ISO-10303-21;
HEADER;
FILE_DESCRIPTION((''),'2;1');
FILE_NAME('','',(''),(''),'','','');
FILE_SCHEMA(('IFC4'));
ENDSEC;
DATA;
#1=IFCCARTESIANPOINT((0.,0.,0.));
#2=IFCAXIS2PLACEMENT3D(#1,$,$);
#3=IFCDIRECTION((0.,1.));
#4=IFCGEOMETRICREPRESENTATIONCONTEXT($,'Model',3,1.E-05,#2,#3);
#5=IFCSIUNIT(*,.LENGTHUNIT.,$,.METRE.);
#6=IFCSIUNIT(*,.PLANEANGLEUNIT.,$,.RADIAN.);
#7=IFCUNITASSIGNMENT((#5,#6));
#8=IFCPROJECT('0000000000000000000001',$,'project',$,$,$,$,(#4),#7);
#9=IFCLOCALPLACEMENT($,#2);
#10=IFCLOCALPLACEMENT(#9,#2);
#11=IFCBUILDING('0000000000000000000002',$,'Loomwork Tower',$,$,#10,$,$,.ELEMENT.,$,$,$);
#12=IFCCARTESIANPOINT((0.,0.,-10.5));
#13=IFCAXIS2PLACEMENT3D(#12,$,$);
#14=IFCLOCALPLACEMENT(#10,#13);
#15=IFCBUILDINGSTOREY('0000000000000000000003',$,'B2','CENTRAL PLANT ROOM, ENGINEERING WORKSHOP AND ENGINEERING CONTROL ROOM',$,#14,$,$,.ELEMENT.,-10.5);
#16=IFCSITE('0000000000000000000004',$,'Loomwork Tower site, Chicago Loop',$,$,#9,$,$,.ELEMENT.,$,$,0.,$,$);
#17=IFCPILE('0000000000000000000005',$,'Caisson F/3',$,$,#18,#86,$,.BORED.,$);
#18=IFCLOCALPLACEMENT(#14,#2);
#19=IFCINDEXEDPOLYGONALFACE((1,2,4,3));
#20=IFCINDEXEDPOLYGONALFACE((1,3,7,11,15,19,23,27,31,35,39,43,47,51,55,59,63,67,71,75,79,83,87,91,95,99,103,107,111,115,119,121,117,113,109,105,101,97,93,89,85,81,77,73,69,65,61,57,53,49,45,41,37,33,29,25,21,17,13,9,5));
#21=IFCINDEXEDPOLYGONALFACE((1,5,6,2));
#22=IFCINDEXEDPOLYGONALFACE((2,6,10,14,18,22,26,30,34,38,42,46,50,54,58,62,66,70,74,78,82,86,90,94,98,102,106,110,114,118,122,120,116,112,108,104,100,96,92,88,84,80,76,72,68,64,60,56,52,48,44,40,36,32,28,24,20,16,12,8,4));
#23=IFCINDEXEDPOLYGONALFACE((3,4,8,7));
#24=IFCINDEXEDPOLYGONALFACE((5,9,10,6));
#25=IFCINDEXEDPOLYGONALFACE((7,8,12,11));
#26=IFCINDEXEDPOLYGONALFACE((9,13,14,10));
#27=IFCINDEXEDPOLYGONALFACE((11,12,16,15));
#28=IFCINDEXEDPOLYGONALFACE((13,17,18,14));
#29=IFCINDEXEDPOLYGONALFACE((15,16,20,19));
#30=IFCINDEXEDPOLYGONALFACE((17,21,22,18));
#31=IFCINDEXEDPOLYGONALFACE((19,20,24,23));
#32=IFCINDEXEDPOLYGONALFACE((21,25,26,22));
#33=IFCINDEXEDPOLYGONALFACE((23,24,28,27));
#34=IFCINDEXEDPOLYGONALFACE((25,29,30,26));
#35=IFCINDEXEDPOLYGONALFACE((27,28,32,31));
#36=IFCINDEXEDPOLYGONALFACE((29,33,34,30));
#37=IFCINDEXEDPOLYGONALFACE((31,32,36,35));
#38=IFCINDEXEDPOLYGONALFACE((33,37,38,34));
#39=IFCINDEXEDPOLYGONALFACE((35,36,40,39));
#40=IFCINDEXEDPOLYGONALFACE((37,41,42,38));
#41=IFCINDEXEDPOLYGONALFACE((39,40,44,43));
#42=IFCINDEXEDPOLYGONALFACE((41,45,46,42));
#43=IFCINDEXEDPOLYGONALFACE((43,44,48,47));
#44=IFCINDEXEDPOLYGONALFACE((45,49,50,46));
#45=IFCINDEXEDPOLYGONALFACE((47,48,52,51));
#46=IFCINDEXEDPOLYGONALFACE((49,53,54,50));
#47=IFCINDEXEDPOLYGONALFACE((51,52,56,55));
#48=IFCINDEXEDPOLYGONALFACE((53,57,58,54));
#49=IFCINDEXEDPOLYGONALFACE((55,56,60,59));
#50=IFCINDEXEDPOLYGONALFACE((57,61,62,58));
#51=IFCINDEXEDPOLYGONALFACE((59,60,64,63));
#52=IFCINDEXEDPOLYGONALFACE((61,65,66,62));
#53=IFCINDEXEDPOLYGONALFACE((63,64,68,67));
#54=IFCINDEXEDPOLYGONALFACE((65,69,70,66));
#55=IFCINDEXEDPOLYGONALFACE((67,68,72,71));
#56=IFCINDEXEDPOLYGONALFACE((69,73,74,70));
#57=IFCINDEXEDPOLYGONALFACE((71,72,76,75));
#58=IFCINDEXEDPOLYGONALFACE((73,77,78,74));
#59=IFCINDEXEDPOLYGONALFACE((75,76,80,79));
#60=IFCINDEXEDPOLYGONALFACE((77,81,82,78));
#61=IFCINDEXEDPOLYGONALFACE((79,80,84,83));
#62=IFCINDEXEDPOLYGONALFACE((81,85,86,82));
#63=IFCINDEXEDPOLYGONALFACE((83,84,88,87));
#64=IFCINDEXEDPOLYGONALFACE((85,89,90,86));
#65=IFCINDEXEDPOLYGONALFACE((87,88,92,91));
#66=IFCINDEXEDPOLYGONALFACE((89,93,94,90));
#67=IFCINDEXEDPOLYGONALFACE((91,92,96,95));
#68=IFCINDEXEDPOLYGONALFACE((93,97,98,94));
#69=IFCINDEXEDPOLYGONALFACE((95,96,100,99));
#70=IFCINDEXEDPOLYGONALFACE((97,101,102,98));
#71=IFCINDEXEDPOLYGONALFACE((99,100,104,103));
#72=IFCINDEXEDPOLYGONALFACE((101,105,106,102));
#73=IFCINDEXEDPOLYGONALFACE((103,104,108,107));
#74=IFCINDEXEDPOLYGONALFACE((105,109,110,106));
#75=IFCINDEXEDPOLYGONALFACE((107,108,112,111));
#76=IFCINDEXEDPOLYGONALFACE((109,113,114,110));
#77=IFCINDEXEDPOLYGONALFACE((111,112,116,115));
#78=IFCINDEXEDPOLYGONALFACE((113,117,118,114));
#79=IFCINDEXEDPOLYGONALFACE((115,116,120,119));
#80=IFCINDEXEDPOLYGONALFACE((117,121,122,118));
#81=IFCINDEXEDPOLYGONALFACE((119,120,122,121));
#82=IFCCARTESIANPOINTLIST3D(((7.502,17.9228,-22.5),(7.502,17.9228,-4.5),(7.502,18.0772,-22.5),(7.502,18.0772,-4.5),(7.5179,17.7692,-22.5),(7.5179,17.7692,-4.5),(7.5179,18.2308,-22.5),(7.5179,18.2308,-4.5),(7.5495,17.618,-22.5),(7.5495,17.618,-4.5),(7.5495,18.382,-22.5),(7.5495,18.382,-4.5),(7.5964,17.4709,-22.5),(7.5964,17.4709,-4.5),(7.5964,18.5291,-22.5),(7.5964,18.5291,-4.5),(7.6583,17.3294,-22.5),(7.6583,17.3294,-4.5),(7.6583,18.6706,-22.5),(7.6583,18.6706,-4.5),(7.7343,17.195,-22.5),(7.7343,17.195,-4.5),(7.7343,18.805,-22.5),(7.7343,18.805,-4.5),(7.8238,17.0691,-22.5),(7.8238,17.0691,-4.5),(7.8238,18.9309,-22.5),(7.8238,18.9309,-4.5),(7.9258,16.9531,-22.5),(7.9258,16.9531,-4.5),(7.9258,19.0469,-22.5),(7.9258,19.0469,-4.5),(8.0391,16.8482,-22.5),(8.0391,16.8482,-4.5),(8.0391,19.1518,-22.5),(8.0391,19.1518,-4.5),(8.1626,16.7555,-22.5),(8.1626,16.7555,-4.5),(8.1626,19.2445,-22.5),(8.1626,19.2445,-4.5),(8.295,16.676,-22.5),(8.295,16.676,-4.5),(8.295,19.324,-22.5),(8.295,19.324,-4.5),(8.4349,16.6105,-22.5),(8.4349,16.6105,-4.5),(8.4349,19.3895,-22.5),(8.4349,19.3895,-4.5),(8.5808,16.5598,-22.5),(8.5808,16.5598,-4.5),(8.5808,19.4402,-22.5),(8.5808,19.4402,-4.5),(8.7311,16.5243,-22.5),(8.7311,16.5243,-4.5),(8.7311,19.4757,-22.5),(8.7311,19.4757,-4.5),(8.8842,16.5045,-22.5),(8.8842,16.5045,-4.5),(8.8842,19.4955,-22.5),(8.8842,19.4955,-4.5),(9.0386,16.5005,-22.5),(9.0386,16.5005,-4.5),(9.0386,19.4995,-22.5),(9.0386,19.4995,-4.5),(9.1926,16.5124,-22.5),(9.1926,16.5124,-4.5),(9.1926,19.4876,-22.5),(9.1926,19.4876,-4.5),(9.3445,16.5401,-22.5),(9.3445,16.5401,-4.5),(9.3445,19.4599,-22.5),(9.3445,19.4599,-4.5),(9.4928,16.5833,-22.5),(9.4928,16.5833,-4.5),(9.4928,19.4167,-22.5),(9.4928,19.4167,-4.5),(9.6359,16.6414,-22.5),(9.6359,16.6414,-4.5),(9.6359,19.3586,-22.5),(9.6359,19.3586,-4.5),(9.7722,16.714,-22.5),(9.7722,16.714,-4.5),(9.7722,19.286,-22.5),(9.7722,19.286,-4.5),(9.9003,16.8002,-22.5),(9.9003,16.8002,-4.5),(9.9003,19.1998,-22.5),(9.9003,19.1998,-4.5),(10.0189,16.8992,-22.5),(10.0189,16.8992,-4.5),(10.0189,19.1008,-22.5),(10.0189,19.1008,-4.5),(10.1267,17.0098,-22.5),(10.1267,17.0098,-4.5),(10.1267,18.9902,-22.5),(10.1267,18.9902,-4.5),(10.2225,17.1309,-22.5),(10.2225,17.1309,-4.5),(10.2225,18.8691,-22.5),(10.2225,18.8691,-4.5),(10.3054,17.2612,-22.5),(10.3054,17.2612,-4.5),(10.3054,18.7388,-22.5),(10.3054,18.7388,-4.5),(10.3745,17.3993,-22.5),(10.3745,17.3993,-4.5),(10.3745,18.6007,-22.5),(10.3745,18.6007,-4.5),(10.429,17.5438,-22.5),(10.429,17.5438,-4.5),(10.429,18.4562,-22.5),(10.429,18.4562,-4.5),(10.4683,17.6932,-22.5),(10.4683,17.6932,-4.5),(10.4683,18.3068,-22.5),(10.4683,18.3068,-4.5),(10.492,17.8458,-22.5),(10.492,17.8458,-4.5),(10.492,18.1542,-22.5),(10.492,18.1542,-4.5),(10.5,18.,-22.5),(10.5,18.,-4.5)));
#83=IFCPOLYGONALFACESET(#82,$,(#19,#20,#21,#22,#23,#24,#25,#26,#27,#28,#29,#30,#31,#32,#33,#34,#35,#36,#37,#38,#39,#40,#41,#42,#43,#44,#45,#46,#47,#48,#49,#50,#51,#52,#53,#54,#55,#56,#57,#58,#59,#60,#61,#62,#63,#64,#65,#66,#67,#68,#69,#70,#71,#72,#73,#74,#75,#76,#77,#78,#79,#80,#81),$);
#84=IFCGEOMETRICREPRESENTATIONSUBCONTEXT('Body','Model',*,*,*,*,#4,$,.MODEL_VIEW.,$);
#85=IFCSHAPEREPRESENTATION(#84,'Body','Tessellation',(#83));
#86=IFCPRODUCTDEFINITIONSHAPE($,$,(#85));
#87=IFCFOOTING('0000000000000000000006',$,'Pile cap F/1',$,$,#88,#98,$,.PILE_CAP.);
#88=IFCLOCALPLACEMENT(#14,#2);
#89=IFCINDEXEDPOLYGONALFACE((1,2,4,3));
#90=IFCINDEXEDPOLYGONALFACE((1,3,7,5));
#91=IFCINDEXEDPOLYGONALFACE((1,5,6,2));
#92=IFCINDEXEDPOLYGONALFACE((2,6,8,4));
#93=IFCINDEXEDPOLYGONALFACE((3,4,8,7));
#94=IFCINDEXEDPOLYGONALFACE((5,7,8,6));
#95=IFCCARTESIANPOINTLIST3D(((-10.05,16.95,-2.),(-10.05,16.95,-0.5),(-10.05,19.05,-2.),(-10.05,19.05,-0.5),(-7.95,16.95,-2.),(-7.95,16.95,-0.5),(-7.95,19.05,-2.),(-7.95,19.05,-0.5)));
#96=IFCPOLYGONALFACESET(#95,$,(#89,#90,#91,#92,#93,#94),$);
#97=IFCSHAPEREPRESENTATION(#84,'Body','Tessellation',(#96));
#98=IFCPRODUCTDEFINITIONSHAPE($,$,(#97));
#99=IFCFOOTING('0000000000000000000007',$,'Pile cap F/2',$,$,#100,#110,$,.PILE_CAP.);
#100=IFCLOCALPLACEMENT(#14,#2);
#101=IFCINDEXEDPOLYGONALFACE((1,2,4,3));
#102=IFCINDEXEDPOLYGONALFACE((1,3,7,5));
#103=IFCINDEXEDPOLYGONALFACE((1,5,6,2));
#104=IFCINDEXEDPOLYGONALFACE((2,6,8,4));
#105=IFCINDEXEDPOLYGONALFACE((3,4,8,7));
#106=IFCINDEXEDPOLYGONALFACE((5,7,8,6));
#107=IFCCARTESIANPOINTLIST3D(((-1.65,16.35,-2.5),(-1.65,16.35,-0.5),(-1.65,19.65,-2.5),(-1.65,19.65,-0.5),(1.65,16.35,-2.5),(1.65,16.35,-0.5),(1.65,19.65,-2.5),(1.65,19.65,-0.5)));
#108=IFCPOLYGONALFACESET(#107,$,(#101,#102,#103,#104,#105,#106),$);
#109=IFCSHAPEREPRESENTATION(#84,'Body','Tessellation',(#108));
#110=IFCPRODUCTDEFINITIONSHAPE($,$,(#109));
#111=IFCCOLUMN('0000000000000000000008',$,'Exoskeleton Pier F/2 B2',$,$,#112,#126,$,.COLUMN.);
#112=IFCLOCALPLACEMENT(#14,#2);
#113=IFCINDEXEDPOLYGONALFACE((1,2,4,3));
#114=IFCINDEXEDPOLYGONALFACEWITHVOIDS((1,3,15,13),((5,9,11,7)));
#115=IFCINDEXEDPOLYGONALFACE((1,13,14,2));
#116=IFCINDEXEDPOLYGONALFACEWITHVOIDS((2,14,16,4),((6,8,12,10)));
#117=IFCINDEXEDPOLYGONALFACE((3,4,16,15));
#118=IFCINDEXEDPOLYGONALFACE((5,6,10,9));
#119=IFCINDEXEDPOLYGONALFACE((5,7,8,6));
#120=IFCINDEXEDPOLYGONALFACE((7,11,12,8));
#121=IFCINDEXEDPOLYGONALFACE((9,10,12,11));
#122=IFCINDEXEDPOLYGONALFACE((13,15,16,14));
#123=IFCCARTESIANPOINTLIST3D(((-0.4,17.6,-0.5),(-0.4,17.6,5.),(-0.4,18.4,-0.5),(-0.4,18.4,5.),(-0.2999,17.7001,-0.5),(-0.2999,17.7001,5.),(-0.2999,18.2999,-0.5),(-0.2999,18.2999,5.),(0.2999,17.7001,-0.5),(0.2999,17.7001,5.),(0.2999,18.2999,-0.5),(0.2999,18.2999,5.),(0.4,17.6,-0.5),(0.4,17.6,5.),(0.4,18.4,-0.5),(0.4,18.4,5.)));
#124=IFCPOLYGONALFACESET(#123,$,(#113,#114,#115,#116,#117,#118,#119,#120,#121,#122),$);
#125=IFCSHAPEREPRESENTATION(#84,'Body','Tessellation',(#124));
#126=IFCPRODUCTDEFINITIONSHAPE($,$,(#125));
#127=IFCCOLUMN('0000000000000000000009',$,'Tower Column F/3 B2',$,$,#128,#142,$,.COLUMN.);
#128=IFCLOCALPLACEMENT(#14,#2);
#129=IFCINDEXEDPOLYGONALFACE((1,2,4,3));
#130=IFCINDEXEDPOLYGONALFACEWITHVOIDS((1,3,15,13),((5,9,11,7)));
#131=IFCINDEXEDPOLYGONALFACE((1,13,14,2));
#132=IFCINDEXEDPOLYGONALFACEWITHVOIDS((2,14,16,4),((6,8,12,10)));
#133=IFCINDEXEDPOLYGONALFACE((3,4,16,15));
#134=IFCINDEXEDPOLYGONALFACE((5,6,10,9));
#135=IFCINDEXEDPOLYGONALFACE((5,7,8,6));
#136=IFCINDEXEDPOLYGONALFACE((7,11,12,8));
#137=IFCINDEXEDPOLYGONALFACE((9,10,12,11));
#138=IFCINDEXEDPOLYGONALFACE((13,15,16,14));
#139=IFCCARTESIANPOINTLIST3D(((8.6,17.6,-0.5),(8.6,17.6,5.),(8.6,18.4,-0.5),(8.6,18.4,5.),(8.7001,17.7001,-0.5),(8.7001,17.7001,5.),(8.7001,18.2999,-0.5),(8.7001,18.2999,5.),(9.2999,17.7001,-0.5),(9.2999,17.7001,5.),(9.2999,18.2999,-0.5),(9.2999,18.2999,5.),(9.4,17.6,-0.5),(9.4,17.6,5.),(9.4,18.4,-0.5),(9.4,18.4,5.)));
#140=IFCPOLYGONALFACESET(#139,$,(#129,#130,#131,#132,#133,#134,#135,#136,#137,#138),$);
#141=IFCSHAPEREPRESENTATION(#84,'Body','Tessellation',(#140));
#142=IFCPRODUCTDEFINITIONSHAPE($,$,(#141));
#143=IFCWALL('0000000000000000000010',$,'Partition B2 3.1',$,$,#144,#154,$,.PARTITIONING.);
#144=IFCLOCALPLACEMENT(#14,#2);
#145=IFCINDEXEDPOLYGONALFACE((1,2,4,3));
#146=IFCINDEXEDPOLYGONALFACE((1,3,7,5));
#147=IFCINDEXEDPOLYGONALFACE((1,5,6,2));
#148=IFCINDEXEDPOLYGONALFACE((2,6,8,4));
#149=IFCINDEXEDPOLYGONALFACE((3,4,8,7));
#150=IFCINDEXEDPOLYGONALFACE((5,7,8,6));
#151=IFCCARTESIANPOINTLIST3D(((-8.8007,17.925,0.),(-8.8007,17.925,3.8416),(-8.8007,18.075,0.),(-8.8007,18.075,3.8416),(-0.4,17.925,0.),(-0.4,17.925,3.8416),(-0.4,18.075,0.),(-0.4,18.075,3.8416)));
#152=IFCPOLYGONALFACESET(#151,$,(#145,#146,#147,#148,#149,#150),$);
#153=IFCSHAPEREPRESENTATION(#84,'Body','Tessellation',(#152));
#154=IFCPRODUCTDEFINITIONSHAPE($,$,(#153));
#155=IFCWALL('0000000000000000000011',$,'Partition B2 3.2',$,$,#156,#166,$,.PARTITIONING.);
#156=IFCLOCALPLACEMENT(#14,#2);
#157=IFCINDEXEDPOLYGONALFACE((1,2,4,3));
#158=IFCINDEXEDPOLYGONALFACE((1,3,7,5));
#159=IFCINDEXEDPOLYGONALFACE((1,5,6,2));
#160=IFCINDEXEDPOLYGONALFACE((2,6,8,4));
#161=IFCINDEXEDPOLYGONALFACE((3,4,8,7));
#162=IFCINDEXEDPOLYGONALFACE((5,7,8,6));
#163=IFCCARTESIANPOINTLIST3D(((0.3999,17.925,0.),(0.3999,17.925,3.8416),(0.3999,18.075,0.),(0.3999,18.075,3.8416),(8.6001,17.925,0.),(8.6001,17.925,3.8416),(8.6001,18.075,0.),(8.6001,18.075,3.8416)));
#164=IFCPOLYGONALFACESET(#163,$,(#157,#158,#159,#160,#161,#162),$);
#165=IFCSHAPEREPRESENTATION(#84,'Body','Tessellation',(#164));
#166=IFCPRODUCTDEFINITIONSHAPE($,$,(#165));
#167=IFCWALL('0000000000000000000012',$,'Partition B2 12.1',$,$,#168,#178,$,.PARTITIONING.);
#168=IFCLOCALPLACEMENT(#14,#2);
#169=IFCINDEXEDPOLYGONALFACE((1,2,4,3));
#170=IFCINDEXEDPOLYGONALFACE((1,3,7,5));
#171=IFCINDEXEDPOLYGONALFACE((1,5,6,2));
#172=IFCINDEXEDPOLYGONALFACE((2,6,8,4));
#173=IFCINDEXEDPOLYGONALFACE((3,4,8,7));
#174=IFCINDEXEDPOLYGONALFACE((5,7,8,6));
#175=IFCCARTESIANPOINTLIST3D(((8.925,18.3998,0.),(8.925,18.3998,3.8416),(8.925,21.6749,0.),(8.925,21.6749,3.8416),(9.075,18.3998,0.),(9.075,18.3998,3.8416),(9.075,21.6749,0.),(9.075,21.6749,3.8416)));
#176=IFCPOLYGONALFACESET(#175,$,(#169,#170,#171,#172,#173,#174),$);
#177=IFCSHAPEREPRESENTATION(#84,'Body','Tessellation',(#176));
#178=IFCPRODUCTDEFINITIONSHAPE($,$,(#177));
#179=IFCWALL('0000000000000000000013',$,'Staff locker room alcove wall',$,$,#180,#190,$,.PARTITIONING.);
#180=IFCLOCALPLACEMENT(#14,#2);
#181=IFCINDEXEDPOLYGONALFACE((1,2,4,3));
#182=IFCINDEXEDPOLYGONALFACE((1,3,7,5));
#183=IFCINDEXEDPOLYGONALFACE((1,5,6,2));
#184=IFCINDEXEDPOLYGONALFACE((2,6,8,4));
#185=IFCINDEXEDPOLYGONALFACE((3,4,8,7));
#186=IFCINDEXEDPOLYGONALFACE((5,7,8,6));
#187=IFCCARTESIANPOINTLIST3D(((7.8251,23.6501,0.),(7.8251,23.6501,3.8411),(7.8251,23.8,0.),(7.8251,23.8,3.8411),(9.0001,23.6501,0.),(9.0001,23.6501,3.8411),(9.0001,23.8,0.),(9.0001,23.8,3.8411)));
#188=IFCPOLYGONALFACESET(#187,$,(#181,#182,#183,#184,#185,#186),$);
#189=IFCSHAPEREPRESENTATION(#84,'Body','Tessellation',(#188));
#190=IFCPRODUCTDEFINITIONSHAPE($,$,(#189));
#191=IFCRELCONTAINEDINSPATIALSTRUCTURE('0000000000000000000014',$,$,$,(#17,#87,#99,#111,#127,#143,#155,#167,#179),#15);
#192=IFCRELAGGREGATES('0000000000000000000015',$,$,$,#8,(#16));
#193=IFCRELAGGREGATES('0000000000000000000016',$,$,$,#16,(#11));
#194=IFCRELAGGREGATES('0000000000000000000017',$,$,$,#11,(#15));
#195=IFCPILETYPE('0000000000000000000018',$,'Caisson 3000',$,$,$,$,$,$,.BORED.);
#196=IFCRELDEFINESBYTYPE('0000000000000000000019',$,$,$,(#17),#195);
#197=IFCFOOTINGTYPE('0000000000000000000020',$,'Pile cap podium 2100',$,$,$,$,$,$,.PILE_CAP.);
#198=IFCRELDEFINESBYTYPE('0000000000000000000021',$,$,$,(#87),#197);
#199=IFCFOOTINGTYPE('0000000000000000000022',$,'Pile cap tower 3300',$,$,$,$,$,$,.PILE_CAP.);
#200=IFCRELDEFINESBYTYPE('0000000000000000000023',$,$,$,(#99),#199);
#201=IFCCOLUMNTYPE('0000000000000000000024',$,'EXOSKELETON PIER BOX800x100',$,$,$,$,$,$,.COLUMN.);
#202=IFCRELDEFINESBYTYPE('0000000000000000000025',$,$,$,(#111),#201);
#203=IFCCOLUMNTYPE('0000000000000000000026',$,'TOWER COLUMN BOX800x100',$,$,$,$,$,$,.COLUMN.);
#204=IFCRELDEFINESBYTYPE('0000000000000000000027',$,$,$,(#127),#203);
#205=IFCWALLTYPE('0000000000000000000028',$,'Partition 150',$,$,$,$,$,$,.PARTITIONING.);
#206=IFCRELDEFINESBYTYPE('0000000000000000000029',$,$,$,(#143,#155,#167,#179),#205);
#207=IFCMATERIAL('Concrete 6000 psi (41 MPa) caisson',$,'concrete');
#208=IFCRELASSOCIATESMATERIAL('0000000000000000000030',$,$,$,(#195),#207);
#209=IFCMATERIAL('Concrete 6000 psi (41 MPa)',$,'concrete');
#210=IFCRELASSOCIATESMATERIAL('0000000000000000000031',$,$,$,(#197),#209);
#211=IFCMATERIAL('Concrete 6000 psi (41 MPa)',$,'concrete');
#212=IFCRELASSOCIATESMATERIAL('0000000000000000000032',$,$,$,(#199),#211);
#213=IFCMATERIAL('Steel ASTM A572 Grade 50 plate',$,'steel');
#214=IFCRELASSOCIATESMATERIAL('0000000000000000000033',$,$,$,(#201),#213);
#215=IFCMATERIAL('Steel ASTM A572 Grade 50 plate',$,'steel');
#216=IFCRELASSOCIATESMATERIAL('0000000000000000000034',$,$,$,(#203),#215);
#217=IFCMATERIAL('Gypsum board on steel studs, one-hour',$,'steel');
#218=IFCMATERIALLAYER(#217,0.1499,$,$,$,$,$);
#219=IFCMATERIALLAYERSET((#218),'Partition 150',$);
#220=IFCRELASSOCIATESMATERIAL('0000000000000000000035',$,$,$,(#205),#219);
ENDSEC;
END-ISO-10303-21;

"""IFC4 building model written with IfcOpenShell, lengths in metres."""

from ifc_helpers import new_model, si_unit, direction, frame, frame_2d, origin, origin_2d, place, context, subcontext, project, spatial, rectangle, hollow_rectangle, circle, extrude, material, layer, layer_set, material_profile, profile_set, type_object, element, save


model = new_model("IFC4")

# Units and contexts
model_context = context("Model", 3, precision=1e-05, world=origin(), true_north=direction((0.0, 1.0)))
body_context = subcontext(model_context, "Body", "Model", "MODEL_VIEW")
ifc_project = project(units=[si_unit("LENGTHUNIT", "METRE"), si_unit("PLANEANGLEUNIT", "RADIAN")], contexts=[model_context])

# Site, building, storey
site_placement = place(None, origin())
site = spatial("IfcSite", under=ifc_project, at=site_placement, Name="Loomwork Tower site, Chicago Loop", CompositionType="ELEMENT", RefElevation=0.0)
building_placement = place(site_placement, origin())
building = spatial("IfcBuilding", under=site, at=building_placement, Name="Loomwork Tower", CompositionType="ELEMENT")
storey_placement = place(building_placement, frame((0.0, 0.0, -10.5)))
storey = spatial("IfcBuildingStorey", under=building, at=storey_placement, Name="B2", Description="CENTRAL PLANT ROOM, ENGINEERING WORKSHOP AND ENGINEERING CONTROL ROOM", CompositionType="ELEMENT", Elevation=-10.5)

# Pile
ifc_material_1 = material(Name="Concrete 6000 psi (41 MPa) caisson", Category="concrete")
ifc_material_profile_1 = material_profile(ifc_material_1, circle(Radius=1.5, at=origin_2d()), Name="D3000")
ifc_profile_set_1 = profile_set([ifc_material_profile_1], Name="Concrete 6000 psi (41 MPa) caisson")
pile_type_1 = type_object("IfcPileType", Name="Caisson 3000", PredefinedType="BORED", material=ifc_profile_set_1)
pile_1_placement = place(storey_placement, frame((9.0, 18.0, -4.5), z_axis=(0.0, 0.0, -1.0), x_axis=(1.0, 0.0, 0.0)))
element("IfcPile", 1, at=pile_1_placement, inside=storey, type_object=pile_type_1, Name="Caisson F/3", PredefinedType="BORED", context=body_context, shape_type="SweptSolid", body=[
    extrude(circle(Radius=1.5, at=origin_2d()), origin(), (0.0, 0.0, 1.0), 18.0),
])

# Footings
ifc_material_2 = material(Name="Concrete 6000 psi (41 MPa)", Category="concrete")
footing_type_1 = type_object("IfcFootingType", Name="Pile cap podium 2100", PredefinedType="PILE_CAP", material=ifc_material_2)
footing_1_placement = place(storey_placement, frame((-9.0, 18.0, -2.0), z_axis=(0.0, 0.0, 1.0), x_axis=(1.0, 0.0, 0.0)))
element("IfcFooting", 2, at=footing_1_placement, inside=storey, type_object=footing_type_1, Name="Pile cap F/1", PredefinedType="PILE_CAP", context=body_context, shape_type="SweptSolid", body=[
    extrude(rectangle(XDim=2.1001, YDim=2.1001, at=origin_2d()), origin(), (0.0, 0.0, 1.0), 1.5),
])
ifc_material_3 = material(Name="Concrete 6000 psi (41 MPa)", Category="concrete")
footing_type_2 = type_object("IfcFootingType", Name="Pile cap tower 3300", PredefinedType="PILE_CAP", material=ifc_material_3)
footing_2_placement = place(storey_placement, frame((0.0, 18.0, -2.5), z_axis=(0.0, 0.0, 1.0), x_axis=(1.0, 0.0, 0.0)))
element("IfcFooting", 3, at=footing_2_placement, inside=storey, type_object=footing_type_2, Name="Pile cap F/2", PredefinedType="PILE_CAP", context=body_context, shape_type="SweptSolid", body=[
    extrude(rectangle(XDim=3.3, YDim=3.3, at=origin_2d()), origin(), (0.0, 0.0, 1.0), 2.0),
])

# Columns
ifc_material_4 = material(Name="Steel ASTM A572 Grade 50 plate", Category="steel")
ifc_material_profile_2 = material_profile(ifc_material_4, hollow_rectangle(XDim=0.8, YDim=0.8, WallThickness=0.1001, at=origin_2d()), Name="BOX800x100")
ifc_profile_set_2 = profile_set([ifc_material_profile_2], Name="Steel ASTM A572 Grade 50 plate")
column_type_1 = type_object("IfcColumnType", Name="EXOSKELETON PIER BOX800x100", PredefinedType="COLUMN", material=ifc_profile_set_2)
column_1_placement = place(storey_placement, frame((0.0, 18.0, -0.5), z_axis=(0.0, 0.0, 1.0), x_axis=(0.0, 1.0, 0.0)))
element("IfcColumn", 4, at=column_1_placement, inside=storey, type_object=column_type_1, Name="Exoskeleton Pier F/2 B2", PredefinedType="COLUMN", context=body_context, shape_type="SweptSolid", body=[
    extrude(hollow_rectangle(XDim=0.8, YDim=0.8, WallThickness=0.1001, at=origin_2d()), origin(), (0.0, 0.0, 1.0), 5.5),
])
ifc_material_5 = material(Name="Steel ASTM A572 Grade 50 plate", Category="steel")
ifc_material_profile_3 = material_profile(ifc_material_5, hollow_rectangle(XDim=0.8, YDim=0.8, WallThickness=0.1001, at=origin_2d()), Name="BOX800x100")
ifc_profile_set_3 = profile_set([ifc_material_profile_3], Name="Steel ASTM A572 Grade 50 plate")
column_type_2 = type_object("IfcColumnType", Name="TOWER COLUMN BOX800x100", PredefinedType="COLUMN", material=ifc_profile_set_3)
column_2_placement = place(storey_placement, frame((9.0, 18.0, -0.5), z_axis=(0.0, 0.0, 1.0), x_axis=(1.0, 0.0, 0.0)))
element("IfcColumn", 5, at=column_2_placement, inside=storey, type_object=column_type_2, Name="Tower Column F/3 B2", PredefinedType="COLUMN", context=body_context, shape_type="SweptSolid", body=[
    extrude(hollow_rectangle(XDim=0.8, YDim=0.8, WallThickness=0.1001, at=origin_2d()), origin(), (0.0, 0.0, 1.0), 5.5),
])

# Walls
ifc_material_6 = material(Name="Gypsum board on steel studs, one-hour", Category="steel")
ifc_layer_1 = layer(ifc_material_6, 0.1499)
ifc_layer_set_1 = layer_set([ifc_layer_1], Name="Partition 150")
wall_type = type_object("IfcWallType", Name="Partition 150", PredefinedType="PARTITIONING", material=ifc_layer_set_1)
wall_1_placement = place(storey_placement, frame((-8.8005, 18.0, 0.0), z_axis=(0.0, 0.0, 1.0), x_axis=(1.0, 0.0, 0.0)))
element("IfcWall", 6, at=wall_1_placement, inside=storey, type_object=wall_type, Name="Partition B2 3.1", PredefinedType="PARTITIONING", context=body_context, shape_type="SweptSolid", body=[
    extrude(rectangle(XDim=8.4006, YDim=0.1499, at=frame_2d((4.2002, 0.0))), origin(), (0.0, 0.0, 1.0), 3.8416),
])
wall_2_placement = place(storey_placement, frame((0.3999, 18.0, 0.0), z_axis=(0.0, 0.0, 1.0), x_axis=(1.0, 0.0, 0.0)))
element("IfcWall", 7, at=wall_2_placement, inside=storey, type_object=wall_type, Name="Partition B2 3.2", PredefinedType="PARTITIONING", context=body_context, shape_type="SweptSolid", body=[
    extrude(rectangle(XDim=8.2002, YDim=0.1499, at=frame_2d((4.1001, 0.0))), origin(), (0.0, 0.0, 1.0), 3.8416),
])
wall_3_placement = place(storey_placement, frame((9.0, 21.675, 0.0), z_axis=(0.0, 0.0, 1.0), x_axis=(0.0, -1.0, 0.0)))
element("IfcWall", 8, at=wall_3_placement, inside=storey, type_object=wall_type, Name="Partition B2 12.1", PredefinedType="PARTITIONING", context=body_context, shape_type="SweptSolid", body=[
    extrude(rectangle(XDim=3.2751, YDim=0.1499, at=frame_2d((1.6377, 0.0))), origin(), (0.0, 0.0, 1.0), 3.8416),
])
for number, where, z_axis, x_axis, name in (
    (9, (9.0, 23.7251, 0.0), (0.0, 0.0, 1.0), (-1.0, 0.0, 0.0), "Staff locker room alcove wall"),
):
    element("IfcWall", number, at=place(storey_placement, frame(where, z_axis=z_axis, x_axis=x_axis)), inside=storey, type_object=wall_type, Name=name, PredefinedType="PARTITIONING", context=body_context, shape_type="SweptSolid", body=[
        extrude(rectangle(XDim=1.175, YDim=0.1499, at=frame_2d((0.5874, 0.0))), origin(), (0.0, 0.0, 1.0), 3.8411),
    ])

save(model, "model.ifc")
